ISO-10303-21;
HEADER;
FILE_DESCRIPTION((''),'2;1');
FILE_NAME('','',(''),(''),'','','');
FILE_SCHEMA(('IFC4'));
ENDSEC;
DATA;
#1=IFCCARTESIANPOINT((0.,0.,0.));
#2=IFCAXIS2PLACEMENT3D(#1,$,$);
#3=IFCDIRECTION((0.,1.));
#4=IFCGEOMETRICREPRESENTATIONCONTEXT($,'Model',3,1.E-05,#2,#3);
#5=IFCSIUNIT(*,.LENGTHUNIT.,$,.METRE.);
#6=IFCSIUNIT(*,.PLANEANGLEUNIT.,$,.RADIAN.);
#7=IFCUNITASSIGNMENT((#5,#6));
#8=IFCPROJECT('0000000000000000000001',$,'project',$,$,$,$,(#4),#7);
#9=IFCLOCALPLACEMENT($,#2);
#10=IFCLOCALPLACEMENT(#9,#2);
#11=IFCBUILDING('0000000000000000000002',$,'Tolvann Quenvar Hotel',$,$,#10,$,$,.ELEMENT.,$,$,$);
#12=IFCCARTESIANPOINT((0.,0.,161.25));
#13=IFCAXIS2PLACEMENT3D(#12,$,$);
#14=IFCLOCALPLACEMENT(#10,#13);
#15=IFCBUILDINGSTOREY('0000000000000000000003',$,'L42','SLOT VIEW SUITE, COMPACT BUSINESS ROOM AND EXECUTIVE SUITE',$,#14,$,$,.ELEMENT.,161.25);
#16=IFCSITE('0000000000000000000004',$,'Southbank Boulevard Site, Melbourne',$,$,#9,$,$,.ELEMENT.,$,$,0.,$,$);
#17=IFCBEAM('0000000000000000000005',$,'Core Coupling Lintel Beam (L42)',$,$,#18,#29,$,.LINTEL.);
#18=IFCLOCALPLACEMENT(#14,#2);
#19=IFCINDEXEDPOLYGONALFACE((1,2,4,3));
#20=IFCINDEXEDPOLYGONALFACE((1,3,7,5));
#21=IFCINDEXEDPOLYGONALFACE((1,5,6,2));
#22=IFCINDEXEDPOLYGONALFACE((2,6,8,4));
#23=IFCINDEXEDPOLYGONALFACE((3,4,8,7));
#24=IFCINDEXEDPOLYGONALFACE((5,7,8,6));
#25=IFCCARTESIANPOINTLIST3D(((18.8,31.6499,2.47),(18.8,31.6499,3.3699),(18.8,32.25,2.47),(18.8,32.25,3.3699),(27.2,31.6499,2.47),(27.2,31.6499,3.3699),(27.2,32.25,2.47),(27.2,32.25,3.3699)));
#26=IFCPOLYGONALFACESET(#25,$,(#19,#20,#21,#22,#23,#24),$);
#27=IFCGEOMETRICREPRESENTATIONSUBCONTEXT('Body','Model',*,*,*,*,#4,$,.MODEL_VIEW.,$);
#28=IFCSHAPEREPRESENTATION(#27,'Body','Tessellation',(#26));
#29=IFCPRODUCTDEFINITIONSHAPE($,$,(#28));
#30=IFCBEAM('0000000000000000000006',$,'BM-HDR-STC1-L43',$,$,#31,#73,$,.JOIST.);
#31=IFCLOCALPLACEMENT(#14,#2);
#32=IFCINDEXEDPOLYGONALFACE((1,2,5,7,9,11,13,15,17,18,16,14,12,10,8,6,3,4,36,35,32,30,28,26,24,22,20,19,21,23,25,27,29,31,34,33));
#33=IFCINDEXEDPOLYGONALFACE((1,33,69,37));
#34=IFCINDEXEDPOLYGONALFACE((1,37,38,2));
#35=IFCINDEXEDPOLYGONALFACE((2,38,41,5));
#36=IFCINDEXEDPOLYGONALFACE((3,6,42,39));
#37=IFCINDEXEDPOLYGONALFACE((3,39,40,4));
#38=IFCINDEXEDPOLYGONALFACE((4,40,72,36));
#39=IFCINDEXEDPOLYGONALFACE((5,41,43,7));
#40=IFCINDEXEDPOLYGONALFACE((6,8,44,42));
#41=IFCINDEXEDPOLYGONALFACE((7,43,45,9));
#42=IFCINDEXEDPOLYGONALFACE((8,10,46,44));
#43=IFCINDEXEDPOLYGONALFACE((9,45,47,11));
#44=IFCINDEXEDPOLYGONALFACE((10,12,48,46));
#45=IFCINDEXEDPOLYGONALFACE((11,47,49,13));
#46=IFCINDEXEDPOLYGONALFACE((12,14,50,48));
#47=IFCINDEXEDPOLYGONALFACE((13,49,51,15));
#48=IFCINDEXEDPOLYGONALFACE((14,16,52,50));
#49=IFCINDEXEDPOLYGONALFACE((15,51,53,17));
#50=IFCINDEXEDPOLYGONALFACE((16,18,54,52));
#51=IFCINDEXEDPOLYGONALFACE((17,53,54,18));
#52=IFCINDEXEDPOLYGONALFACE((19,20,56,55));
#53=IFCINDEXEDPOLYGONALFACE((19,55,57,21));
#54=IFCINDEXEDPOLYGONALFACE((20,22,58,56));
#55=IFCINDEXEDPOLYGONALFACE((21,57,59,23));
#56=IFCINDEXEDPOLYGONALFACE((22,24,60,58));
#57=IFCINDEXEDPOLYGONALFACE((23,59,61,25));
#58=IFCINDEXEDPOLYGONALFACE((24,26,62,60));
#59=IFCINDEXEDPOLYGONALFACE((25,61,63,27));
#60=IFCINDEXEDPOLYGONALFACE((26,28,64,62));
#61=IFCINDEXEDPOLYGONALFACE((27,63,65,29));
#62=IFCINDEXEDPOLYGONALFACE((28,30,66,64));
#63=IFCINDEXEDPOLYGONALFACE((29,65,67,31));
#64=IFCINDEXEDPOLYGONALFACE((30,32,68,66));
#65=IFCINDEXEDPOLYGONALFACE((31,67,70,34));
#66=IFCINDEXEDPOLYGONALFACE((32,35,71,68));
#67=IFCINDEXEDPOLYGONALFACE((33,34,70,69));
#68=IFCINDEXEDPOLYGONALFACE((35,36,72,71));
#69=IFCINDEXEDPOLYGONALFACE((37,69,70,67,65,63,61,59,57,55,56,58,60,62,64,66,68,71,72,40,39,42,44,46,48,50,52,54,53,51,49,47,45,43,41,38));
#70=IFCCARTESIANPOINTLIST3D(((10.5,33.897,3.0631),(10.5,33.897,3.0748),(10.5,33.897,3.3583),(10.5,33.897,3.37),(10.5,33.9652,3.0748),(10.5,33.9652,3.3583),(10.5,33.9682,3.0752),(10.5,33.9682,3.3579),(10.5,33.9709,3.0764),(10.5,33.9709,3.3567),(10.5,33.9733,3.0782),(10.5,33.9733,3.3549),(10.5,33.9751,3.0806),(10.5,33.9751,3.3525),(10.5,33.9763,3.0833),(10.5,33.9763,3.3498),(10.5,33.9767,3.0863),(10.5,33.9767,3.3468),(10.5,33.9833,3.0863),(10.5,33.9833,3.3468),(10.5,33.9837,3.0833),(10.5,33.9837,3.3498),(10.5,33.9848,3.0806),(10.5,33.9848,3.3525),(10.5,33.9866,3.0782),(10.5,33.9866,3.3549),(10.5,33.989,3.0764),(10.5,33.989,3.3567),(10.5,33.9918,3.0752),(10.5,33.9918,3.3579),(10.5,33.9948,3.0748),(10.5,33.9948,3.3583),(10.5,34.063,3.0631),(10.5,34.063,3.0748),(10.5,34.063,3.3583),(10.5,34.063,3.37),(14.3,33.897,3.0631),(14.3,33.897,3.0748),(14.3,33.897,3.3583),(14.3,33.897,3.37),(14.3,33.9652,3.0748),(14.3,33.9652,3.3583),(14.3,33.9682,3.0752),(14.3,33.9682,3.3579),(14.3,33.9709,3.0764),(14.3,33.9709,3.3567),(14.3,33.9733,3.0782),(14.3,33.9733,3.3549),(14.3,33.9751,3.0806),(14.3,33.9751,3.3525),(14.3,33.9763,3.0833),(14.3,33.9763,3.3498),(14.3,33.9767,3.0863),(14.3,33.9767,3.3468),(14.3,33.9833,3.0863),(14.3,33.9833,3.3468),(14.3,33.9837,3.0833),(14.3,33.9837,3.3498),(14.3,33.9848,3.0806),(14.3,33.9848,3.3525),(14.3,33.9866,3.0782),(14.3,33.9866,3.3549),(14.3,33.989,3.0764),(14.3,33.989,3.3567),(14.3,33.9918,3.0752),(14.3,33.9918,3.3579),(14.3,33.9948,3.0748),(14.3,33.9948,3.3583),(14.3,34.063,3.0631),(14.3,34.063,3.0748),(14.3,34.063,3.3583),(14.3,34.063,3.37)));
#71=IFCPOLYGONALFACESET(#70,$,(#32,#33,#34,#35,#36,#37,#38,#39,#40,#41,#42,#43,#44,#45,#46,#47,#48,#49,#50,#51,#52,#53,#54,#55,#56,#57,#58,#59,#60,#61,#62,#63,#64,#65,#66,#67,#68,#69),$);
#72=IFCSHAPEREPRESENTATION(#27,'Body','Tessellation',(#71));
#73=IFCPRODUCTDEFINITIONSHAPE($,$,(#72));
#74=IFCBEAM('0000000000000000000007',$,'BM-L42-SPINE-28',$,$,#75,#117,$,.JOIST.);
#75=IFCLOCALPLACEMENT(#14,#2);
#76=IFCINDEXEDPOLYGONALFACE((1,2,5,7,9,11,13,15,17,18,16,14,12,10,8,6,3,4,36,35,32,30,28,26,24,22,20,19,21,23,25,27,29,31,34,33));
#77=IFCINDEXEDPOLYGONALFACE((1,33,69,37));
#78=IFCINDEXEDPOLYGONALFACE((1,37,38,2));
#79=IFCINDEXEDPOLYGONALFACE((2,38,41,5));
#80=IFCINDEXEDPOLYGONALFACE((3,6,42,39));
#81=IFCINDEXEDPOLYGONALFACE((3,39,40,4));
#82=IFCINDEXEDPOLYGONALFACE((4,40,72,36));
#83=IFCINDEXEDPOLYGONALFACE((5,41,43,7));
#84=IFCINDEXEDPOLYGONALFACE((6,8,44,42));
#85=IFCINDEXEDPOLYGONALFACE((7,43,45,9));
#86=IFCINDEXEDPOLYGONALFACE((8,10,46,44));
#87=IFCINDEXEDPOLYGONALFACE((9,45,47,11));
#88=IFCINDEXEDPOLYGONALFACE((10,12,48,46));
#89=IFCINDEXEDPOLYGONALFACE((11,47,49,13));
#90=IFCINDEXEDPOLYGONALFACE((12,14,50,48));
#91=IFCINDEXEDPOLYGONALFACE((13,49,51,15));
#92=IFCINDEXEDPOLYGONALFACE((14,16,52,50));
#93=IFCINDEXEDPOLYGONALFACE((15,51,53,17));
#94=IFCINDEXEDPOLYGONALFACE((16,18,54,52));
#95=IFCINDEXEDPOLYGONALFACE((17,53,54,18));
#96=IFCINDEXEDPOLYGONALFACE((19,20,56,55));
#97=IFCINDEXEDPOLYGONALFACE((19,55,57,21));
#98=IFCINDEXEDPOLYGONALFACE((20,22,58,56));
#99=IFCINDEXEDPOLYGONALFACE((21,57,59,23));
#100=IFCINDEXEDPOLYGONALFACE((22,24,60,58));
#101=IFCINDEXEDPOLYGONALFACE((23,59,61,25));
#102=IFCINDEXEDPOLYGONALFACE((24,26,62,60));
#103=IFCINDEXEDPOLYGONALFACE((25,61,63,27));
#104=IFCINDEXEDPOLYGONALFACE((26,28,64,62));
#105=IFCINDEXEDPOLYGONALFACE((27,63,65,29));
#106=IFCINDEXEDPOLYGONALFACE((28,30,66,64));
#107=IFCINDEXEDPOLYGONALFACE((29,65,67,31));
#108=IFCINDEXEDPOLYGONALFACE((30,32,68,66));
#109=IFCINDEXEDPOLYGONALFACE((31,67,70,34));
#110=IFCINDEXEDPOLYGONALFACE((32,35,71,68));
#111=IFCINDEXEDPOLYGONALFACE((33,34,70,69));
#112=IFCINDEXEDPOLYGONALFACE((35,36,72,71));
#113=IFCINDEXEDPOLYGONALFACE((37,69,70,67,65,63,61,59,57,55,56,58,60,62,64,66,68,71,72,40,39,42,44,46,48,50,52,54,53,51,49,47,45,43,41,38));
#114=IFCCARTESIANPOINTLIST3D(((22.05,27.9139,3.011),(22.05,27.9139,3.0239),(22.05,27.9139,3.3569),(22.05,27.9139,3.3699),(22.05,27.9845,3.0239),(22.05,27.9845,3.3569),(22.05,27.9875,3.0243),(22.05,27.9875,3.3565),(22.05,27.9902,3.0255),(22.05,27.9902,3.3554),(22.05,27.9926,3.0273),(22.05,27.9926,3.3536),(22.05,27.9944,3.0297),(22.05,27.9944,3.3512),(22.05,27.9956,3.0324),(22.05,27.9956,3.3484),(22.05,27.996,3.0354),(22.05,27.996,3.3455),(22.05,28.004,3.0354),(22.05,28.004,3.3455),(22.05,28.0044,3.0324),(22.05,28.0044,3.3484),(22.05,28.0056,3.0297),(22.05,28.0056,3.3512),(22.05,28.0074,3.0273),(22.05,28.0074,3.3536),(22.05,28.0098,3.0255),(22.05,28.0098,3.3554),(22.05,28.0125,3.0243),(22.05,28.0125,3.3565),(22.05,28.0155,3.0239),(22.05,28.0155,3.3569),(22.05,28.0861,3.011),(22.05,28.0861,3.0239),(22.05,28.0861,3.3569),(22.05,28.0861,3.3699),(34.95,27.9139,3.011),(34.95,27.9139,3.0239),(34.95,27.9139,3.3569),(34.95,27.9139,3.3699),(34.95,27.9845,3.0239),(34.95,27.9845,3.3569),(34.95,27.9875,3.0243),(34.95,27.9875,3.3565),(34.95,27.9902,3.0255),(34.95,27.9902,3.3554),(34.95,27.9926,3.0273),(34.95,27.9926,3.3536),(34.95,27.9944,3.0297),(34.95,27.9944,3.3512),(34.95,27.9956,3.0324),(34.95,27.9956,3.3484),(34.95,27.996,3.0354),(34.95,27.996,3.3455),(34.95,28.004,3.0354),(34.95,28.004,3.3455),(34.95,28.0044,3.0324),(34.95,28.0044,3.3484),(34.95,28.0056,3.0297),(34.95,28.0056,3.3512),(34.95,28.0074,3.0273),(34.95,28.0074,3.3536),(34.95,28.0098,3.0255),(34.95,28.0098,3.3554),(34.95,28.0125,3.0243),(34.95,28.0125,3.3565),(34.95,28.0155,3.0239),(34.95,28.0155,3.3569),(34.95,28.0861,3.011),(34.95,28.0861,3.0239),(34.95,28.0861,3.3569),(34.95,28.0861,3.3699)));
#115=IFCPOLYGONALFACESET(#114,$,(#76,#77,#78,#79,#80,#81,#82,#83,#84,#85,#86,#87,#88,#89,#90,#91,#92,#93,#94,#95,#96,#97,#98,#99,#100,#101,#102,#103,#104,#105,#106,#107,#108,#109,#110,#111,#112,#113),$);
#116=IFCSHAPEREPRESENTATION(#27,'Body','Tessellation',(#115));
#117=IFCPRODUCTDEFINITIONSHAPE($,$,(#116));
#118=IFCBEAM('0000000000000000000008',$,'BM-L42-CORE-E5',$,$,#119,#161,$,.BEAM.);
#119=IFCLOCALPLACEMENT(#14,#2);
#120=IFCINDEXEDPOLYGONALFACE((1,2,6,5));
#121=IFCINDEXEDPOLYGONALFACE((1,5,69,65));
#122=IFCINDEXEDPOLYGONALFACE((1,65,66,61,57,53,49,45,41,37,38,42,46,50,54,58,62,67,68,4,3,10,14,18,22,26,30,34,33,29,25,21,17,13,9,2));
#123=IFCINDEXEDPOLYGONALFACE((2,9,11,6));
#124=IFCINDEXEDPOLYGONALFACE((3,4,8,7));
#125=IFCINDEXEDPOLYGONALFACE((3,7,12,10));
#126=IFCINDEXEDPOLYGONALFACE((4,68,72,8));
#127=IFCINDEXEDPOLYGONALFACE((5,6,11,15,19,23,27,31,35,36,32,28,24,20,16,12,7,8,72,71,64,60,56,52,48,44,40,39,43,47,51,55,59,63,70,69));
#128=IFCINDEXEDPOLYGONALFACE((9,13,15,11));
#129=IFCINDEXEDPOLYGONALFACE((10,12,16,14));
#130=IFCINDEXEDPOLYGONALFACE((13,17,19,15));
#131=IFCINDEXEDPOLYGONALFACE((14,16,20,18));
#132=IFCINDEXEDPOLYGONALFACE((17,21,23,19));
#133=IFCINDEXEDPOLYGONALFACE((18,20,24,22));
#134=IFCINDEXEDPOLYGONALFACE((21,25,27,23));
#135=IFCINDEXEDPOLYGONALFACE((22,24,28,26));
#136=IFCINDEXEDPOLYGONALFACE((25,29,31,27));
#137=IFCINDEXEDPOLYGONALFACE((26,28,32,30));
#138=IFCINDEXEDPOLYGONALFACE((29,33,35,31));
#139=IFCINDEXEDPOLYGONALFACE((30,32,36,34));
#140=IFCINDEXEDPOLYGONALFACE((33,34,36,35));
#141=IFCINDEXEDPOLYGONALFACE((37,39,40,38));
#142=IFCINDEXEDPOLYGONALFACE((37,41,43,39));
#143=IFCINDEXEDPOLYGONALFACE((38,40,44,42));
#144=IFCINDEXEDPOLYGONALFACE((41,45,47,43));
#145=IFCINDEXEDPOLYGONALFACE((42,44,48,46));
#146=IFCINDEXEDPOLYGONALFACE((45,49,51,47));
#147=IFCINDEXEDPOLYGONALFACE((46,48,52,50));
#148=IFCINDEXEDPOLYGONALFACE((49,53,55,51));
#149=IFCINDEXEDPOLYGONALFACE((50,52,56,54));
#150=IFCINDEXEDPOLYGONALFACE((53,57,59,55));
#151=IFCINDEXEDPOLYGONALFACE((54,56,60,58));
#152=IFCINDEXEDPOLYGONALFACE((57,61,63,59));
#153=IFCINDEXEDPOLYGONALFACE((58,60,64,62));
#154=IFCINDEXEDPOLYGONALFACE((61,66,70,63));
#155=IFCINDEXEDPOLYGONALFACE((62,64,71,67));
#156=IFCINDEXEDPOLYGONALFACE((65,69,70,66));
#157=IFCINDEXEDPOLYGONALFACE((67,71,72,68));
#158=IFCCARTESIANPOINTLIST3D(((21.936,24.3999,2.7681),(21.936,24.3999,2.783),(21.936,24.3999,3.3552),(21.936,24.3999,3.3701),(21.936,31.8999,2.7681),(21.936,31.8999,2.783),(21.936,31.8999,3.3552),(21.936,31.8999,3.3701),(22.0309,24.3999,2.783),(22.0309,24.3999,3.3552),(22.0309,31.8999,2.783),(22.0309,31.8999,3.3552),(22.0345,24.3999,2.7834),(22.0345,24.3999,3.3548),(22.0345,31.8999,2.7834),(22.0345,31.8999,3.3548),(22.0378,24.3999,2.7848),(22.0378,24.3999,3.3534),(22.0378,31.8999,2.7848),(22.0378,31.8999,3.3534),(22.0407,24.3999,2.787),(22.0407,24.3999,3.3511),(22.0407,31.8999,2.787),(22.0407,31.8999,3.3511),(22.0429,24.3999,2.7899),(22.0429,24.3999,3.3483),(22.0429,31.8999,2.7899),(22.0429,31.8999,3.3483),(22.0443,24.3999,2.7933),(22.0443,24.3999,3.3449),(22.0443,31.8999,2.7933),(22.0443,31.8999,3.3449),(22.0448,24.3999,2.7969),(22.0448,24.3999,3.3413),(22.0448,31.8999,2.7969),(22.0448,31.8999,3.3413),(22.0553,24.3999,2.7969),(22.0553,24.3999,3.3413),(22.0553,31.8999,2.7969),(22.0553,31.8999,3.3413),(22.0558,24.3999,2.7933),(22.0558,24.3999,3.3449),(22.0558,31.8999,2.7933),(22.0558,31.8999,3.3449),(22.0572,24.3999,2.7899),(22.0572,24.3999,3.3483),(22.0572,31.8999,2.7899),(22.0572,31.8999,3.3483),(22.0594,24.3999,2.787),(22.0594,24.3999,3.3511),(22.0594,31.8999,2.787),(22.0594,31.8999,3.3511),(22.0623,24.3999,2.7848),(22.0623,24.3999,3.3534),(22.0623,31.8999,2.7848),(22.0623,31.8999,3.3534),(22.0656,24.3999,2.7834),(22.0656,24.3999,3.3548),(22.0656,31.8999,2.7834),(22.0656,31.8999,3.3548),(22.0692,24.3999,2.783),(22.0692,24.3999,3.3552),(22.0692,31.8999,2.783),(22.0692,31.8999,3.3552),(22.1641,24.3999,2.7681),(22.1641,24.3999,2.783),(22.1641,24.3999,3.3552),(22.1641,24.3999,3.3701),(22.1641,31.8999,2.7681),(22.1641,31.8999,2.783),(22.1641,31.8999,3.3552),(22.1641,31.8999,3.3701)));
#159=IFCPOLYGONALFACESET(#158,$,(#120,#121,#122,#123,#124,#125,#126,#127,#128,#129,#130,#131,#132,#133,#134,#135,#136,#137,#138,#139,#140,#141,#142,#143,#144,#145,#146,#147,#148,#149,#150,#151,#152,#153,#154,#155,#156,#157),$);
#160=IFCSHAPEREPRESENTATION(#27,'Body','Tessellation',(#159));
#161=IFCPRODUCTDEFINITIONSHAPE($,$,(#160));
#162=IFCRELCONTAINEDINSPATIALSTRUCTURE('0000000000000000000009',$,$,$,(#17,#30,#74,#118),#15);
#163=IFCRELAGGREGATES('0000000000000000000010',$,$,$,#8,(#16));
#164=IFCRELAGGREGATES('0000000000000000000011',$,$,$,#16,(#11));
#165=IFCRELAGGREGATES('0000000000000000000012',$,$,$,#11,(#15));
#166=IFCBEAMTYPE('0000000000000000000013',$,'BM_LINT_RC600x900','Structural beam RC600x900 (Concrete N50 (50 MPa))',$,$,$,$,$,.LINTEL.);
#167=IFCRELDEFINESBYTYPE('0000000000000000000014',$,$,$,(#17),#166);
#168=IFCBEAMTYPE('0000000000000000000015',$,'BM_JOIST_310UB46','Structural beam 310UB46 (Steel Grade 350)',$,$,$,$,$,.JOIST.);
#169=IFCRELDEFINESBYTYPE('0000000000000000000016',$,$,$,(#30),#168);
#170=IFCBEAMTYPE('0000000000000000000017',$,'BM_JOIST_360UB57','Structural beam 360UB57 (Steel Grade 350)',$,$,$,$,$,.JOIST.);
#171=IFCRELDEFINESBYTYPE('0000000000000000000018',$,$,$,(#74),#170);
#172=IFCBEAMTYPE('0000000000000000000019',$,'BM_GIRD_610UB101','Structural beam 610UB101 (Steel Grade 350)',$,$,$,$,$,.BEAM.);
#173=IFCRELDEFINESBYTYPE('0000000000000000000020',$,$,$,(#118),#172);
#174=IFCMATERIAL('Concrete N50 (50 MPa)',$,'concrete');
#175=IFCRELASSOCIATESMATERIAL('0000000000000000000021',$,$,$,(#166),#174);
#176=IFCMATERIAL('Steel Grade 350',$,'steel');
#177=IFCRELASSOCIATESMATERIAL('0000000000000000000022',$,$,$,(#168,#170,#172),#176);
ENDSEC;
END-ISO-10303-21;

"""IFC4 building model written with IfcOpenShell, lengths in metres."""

from ifc_helpers import new_model, si_unit, direction, frame, origin, origin_2d, place, context, subcontext, project, spatial, rectangle, i_section, extrude, source, transform, mapped, material, material_profile, profile_set, type_object, type_shapes, element, save


model = new_model("IFC4")

# Units and contexts
model_context = context("Model", 3, precision=1e-05, world=origin(), true_north=direction((0.0, 1.0)))
body_context = subcontext(model_context, "Body", "Model", "MODEL_VIEW")
ifc_project = project(units=[si_unit("LENGTHUNIT", "METRE"), si_unit("PLANEANGLEUNIT", "RADIAN")], contexts=[model_context])

# Site, building, storey
site_placement = place(None, origin())
site = spatial("IfcSite", under=ifc_project, at=site_placement, Name="Southbank Boulevard Site, Melbourne", CompositionType="ELEMENT", RefElevation=0.0)
building_placement = place(site_placement, origin())
building = spatial("IfcBuilding", under=site, at=building_placement, Name="Tolvann Quenvar Hotel", CompositionType="ELEMENT")
storey_placement = place(building_placement, frame((0.0, 0.0, 161.25)))
storey = spatial("IfcBuildingStorey", under=building, at=storey_placement, Name="L42", Description="SLOT VIEW SUITE, COMPACT BUSINESS ROOM AND EXECUTIVE SUITE", CompositionType="ELEMENT", Elevation=161.25)

# Beams
ifc_material_1 = material(Name="Concrete N50 (50 MPa)", Category="concrete")
ifc_material_profile_1 = material_profile(ifc_material_1, rectangle(XDim=0.6001, YDim=0.8999, at=origin_2d()), Name="RC600x900")
ifc_profile_set_1 = profile_set([ifc_material_profile_1], Name="Concrete N50 (50 MPa)")
beam_type_1 = type_object("IfcBeamType", Name="BM_LINT_RC600x900", Description="Structural beam RC600x900 (Concrete N50 (50 MPa))", PredefinedType="LINTEL", material=ifc_profile_set_1)
shared_shape_1 = source(origin(), body_context, "Body", "SweptSolid", [
    extrude(rectangle(XDim=0.6001, YDim=0.8999, at=origin_2d()), origin(), (0.0, 0.0, 1.0), 8.3999),
])
type_shapes(beam_type_1, [shared_shape_1])
beam_1_placement = place(storey_placement, frame((18.8, 31.95, 2.9199), z_axis=(1.0, 0.0, 0.0), x_axis=(0.0, 1.0, 0.0)))
element("IfcBeam", 1, at=beam_1_placement, inside=storey, type_object=beam_type_1, Name="Core Coupling Lintel Beam (L42)", PredefinedType="LINTEL", context=body_context, shape_type="MappedRepresentation", body=[
    mapped(shared_shape_1, transform((0.0, 0.0, 0.0), x_axis=(1.0, 0.0, 0.0), y_axis=(0.0, 1.0, 0.0), z_axis=(0.0, 0.0, 1.0), scale=1.0)),
])
ifc_material_2 = material(Name="Steel Grade 350", Category="steel")
ifc_material_profile_2 = material_profile(ifc_material_2, i_section(OverallWidth=0.166, OverallDepth=0.3069, WebThickness=0.0066, FlangeThickness=0.0117, FilletRadius=0.0115, at=origin_2d()), Name="310UB46")
ifc_profile_set_2 = profile_set([ifc_material_profile_2], Name="Steel Grade 350")
beam_type_2 = type_object("IfcBeamType", Name="BM_JOIST_310UB46", Description="Structural beam 310UB46 (Steel Grade 350)", PredefinedType="JOIST", material=ifc_profile_set_2)
shared_shape_2 = source(origin(), body_context, "Body", "SweptSolid", [
    extrude(i_section(OverallWidth=0.166, OverallDepth=0.3069, WebThickness=0.0066, FlangeThickness=0.0117, FilletRadius=0.0115, at=origin_2d()), origin(), (0.0, 0.0, 1.0), 3.8),
])
type_shapes(beam_type_2, [shared_shape_2])
beam_2_placement = place(storey_placement, frame((10.5, 33.98, 3.2166), z_axis=(1.0, 0.0, 0.0), x_axis=(0.0, 1.0, 0.0)))
element("IfcBeam", 2, at=beam_2_placement, inside=storey, type_object=beam_type_2, Name="BM-HDR-STC1-L43", PredefinedType="JOIST", context=body_context, shape_type="MappedRepresentation", body=[
    mapped(shared_shape_2, transform((0.0, 0.0, 0.0), x_axis=(1.0, 0.0, 0.0), y_axis=(0.0, 1.0, 0.0), z_axis=(0.0, 0.0, 1.0), scale=1.0)),
])
ifc_material_profile_3 = material_profile(ifc_material_2, i_section(OverallWidth=0.1721, OverallDepth=0.3589, WebThickness=0.0081, FlangeThickness=0.0129, FilletRadius=0.0115, at=origin_2d()), Name="360UB57")
ifc_profile_set_3 = profile_set([ifc_material_profile_3], Name="Steel Grade 350")
beam_type_3 = type_object("IfcBeamType", Name="BM_JOIST_360UB57", Description="Structural beam 360UB57 (Steel Grade 350)", PredefinedType="JOIST", material=ifc_profile_set_3)
shared_shape_3 = source(origin(), body_context, "Body", "SweptSolid", [
    extrude(i_section(OverallWidth=0.1721, OverallDepth=0.3589, WebThickness=0.0081, FlangeThickness=0.0129, FilletRadius=0.0115, at=origin_2d()), origin(), (0.0, 0.0, 1.0), 12.8999),
])
beam_3_placement = place(storey_placement, frame((22.05, 28.0, 3.1904), z_axis=(1.0, 0.0, 0.0), x_axis=(0.0, 1.0, 0.0)))
element("IfcBeam", 3, at=beam_3_placement, inside=storey, type_object=beam_type_3, Name="BM-L42-SPINE-28", PredefinedType="JOIST", context=body_context, shape_type="MappedRepresentation", body=[
    mapped(shared_shape_3, transform((0.0, 0.0, 0.0), x_axis=(1.0, 0.0, 0.0), y_axis=(0.0, 1.0, 0.0), z_axis=(0.0, 0.0, 1.0), scale=1.0)),
])
ifc_material_profile_4 = material_profile(ifc_material_2, i_section(OverallWidth=0.228, OverallDepth=0.6021, WebThickness=0.0105, FlangeThickness=0.0149, FilletRadius=0.0139, at=origin_2d()), Name="610UB101")
ifc_profile_set_4 = profile_set([ifc_material_profile_4], Name="Steel Grade 350")
beam_type_4 = type_object("IfcBeamType", Name="BM_GIRD_610UB101", Description="Structural beam 610UB101 (Steel Grade 350)", PredefinedType="BEAM", material=ifc_profile_set_4)
shared_shape_4 = source(origin(), body_context, "Body", "SweptSolid", [
    extrude(i_section(OverallWidth=0.228, OverallDepth=0.6021, WebThickness=0.0105, FlangeThickness=0.0149, FilletRadius=0.0139, at=origin_2d()), origin(), (0.0, 0.0, 1.0), 7.5),
])
type_shapes(beam_type_4, [shared_shape_4])
beam_4_placement = place(storey_placement, frame((22.05, 24.3999, 3.0691), z_axis=(0.0, 1.0, 0.0), x_axis=(-1.0, 0.0, 0.0)))
element("IfcBeam", 4, at=beam_4_placement, inside=storey, type_object=beam_type_4, Name="BM-L42-CORE-E5", PredefinedType="BEAM", context=body_context, shape_type="MappedRepresentation", body=[
    mapped(shared_shape_4, transform((0.0, 0.0, 0.0), x_axis=(1.0, 0.0, 0.0), y_axis=(0.0, 1.0, 0.0), z_axis=(0.0, 0.0, 1.0), scale=1.0)),
])

save(model, "model.ifc")
